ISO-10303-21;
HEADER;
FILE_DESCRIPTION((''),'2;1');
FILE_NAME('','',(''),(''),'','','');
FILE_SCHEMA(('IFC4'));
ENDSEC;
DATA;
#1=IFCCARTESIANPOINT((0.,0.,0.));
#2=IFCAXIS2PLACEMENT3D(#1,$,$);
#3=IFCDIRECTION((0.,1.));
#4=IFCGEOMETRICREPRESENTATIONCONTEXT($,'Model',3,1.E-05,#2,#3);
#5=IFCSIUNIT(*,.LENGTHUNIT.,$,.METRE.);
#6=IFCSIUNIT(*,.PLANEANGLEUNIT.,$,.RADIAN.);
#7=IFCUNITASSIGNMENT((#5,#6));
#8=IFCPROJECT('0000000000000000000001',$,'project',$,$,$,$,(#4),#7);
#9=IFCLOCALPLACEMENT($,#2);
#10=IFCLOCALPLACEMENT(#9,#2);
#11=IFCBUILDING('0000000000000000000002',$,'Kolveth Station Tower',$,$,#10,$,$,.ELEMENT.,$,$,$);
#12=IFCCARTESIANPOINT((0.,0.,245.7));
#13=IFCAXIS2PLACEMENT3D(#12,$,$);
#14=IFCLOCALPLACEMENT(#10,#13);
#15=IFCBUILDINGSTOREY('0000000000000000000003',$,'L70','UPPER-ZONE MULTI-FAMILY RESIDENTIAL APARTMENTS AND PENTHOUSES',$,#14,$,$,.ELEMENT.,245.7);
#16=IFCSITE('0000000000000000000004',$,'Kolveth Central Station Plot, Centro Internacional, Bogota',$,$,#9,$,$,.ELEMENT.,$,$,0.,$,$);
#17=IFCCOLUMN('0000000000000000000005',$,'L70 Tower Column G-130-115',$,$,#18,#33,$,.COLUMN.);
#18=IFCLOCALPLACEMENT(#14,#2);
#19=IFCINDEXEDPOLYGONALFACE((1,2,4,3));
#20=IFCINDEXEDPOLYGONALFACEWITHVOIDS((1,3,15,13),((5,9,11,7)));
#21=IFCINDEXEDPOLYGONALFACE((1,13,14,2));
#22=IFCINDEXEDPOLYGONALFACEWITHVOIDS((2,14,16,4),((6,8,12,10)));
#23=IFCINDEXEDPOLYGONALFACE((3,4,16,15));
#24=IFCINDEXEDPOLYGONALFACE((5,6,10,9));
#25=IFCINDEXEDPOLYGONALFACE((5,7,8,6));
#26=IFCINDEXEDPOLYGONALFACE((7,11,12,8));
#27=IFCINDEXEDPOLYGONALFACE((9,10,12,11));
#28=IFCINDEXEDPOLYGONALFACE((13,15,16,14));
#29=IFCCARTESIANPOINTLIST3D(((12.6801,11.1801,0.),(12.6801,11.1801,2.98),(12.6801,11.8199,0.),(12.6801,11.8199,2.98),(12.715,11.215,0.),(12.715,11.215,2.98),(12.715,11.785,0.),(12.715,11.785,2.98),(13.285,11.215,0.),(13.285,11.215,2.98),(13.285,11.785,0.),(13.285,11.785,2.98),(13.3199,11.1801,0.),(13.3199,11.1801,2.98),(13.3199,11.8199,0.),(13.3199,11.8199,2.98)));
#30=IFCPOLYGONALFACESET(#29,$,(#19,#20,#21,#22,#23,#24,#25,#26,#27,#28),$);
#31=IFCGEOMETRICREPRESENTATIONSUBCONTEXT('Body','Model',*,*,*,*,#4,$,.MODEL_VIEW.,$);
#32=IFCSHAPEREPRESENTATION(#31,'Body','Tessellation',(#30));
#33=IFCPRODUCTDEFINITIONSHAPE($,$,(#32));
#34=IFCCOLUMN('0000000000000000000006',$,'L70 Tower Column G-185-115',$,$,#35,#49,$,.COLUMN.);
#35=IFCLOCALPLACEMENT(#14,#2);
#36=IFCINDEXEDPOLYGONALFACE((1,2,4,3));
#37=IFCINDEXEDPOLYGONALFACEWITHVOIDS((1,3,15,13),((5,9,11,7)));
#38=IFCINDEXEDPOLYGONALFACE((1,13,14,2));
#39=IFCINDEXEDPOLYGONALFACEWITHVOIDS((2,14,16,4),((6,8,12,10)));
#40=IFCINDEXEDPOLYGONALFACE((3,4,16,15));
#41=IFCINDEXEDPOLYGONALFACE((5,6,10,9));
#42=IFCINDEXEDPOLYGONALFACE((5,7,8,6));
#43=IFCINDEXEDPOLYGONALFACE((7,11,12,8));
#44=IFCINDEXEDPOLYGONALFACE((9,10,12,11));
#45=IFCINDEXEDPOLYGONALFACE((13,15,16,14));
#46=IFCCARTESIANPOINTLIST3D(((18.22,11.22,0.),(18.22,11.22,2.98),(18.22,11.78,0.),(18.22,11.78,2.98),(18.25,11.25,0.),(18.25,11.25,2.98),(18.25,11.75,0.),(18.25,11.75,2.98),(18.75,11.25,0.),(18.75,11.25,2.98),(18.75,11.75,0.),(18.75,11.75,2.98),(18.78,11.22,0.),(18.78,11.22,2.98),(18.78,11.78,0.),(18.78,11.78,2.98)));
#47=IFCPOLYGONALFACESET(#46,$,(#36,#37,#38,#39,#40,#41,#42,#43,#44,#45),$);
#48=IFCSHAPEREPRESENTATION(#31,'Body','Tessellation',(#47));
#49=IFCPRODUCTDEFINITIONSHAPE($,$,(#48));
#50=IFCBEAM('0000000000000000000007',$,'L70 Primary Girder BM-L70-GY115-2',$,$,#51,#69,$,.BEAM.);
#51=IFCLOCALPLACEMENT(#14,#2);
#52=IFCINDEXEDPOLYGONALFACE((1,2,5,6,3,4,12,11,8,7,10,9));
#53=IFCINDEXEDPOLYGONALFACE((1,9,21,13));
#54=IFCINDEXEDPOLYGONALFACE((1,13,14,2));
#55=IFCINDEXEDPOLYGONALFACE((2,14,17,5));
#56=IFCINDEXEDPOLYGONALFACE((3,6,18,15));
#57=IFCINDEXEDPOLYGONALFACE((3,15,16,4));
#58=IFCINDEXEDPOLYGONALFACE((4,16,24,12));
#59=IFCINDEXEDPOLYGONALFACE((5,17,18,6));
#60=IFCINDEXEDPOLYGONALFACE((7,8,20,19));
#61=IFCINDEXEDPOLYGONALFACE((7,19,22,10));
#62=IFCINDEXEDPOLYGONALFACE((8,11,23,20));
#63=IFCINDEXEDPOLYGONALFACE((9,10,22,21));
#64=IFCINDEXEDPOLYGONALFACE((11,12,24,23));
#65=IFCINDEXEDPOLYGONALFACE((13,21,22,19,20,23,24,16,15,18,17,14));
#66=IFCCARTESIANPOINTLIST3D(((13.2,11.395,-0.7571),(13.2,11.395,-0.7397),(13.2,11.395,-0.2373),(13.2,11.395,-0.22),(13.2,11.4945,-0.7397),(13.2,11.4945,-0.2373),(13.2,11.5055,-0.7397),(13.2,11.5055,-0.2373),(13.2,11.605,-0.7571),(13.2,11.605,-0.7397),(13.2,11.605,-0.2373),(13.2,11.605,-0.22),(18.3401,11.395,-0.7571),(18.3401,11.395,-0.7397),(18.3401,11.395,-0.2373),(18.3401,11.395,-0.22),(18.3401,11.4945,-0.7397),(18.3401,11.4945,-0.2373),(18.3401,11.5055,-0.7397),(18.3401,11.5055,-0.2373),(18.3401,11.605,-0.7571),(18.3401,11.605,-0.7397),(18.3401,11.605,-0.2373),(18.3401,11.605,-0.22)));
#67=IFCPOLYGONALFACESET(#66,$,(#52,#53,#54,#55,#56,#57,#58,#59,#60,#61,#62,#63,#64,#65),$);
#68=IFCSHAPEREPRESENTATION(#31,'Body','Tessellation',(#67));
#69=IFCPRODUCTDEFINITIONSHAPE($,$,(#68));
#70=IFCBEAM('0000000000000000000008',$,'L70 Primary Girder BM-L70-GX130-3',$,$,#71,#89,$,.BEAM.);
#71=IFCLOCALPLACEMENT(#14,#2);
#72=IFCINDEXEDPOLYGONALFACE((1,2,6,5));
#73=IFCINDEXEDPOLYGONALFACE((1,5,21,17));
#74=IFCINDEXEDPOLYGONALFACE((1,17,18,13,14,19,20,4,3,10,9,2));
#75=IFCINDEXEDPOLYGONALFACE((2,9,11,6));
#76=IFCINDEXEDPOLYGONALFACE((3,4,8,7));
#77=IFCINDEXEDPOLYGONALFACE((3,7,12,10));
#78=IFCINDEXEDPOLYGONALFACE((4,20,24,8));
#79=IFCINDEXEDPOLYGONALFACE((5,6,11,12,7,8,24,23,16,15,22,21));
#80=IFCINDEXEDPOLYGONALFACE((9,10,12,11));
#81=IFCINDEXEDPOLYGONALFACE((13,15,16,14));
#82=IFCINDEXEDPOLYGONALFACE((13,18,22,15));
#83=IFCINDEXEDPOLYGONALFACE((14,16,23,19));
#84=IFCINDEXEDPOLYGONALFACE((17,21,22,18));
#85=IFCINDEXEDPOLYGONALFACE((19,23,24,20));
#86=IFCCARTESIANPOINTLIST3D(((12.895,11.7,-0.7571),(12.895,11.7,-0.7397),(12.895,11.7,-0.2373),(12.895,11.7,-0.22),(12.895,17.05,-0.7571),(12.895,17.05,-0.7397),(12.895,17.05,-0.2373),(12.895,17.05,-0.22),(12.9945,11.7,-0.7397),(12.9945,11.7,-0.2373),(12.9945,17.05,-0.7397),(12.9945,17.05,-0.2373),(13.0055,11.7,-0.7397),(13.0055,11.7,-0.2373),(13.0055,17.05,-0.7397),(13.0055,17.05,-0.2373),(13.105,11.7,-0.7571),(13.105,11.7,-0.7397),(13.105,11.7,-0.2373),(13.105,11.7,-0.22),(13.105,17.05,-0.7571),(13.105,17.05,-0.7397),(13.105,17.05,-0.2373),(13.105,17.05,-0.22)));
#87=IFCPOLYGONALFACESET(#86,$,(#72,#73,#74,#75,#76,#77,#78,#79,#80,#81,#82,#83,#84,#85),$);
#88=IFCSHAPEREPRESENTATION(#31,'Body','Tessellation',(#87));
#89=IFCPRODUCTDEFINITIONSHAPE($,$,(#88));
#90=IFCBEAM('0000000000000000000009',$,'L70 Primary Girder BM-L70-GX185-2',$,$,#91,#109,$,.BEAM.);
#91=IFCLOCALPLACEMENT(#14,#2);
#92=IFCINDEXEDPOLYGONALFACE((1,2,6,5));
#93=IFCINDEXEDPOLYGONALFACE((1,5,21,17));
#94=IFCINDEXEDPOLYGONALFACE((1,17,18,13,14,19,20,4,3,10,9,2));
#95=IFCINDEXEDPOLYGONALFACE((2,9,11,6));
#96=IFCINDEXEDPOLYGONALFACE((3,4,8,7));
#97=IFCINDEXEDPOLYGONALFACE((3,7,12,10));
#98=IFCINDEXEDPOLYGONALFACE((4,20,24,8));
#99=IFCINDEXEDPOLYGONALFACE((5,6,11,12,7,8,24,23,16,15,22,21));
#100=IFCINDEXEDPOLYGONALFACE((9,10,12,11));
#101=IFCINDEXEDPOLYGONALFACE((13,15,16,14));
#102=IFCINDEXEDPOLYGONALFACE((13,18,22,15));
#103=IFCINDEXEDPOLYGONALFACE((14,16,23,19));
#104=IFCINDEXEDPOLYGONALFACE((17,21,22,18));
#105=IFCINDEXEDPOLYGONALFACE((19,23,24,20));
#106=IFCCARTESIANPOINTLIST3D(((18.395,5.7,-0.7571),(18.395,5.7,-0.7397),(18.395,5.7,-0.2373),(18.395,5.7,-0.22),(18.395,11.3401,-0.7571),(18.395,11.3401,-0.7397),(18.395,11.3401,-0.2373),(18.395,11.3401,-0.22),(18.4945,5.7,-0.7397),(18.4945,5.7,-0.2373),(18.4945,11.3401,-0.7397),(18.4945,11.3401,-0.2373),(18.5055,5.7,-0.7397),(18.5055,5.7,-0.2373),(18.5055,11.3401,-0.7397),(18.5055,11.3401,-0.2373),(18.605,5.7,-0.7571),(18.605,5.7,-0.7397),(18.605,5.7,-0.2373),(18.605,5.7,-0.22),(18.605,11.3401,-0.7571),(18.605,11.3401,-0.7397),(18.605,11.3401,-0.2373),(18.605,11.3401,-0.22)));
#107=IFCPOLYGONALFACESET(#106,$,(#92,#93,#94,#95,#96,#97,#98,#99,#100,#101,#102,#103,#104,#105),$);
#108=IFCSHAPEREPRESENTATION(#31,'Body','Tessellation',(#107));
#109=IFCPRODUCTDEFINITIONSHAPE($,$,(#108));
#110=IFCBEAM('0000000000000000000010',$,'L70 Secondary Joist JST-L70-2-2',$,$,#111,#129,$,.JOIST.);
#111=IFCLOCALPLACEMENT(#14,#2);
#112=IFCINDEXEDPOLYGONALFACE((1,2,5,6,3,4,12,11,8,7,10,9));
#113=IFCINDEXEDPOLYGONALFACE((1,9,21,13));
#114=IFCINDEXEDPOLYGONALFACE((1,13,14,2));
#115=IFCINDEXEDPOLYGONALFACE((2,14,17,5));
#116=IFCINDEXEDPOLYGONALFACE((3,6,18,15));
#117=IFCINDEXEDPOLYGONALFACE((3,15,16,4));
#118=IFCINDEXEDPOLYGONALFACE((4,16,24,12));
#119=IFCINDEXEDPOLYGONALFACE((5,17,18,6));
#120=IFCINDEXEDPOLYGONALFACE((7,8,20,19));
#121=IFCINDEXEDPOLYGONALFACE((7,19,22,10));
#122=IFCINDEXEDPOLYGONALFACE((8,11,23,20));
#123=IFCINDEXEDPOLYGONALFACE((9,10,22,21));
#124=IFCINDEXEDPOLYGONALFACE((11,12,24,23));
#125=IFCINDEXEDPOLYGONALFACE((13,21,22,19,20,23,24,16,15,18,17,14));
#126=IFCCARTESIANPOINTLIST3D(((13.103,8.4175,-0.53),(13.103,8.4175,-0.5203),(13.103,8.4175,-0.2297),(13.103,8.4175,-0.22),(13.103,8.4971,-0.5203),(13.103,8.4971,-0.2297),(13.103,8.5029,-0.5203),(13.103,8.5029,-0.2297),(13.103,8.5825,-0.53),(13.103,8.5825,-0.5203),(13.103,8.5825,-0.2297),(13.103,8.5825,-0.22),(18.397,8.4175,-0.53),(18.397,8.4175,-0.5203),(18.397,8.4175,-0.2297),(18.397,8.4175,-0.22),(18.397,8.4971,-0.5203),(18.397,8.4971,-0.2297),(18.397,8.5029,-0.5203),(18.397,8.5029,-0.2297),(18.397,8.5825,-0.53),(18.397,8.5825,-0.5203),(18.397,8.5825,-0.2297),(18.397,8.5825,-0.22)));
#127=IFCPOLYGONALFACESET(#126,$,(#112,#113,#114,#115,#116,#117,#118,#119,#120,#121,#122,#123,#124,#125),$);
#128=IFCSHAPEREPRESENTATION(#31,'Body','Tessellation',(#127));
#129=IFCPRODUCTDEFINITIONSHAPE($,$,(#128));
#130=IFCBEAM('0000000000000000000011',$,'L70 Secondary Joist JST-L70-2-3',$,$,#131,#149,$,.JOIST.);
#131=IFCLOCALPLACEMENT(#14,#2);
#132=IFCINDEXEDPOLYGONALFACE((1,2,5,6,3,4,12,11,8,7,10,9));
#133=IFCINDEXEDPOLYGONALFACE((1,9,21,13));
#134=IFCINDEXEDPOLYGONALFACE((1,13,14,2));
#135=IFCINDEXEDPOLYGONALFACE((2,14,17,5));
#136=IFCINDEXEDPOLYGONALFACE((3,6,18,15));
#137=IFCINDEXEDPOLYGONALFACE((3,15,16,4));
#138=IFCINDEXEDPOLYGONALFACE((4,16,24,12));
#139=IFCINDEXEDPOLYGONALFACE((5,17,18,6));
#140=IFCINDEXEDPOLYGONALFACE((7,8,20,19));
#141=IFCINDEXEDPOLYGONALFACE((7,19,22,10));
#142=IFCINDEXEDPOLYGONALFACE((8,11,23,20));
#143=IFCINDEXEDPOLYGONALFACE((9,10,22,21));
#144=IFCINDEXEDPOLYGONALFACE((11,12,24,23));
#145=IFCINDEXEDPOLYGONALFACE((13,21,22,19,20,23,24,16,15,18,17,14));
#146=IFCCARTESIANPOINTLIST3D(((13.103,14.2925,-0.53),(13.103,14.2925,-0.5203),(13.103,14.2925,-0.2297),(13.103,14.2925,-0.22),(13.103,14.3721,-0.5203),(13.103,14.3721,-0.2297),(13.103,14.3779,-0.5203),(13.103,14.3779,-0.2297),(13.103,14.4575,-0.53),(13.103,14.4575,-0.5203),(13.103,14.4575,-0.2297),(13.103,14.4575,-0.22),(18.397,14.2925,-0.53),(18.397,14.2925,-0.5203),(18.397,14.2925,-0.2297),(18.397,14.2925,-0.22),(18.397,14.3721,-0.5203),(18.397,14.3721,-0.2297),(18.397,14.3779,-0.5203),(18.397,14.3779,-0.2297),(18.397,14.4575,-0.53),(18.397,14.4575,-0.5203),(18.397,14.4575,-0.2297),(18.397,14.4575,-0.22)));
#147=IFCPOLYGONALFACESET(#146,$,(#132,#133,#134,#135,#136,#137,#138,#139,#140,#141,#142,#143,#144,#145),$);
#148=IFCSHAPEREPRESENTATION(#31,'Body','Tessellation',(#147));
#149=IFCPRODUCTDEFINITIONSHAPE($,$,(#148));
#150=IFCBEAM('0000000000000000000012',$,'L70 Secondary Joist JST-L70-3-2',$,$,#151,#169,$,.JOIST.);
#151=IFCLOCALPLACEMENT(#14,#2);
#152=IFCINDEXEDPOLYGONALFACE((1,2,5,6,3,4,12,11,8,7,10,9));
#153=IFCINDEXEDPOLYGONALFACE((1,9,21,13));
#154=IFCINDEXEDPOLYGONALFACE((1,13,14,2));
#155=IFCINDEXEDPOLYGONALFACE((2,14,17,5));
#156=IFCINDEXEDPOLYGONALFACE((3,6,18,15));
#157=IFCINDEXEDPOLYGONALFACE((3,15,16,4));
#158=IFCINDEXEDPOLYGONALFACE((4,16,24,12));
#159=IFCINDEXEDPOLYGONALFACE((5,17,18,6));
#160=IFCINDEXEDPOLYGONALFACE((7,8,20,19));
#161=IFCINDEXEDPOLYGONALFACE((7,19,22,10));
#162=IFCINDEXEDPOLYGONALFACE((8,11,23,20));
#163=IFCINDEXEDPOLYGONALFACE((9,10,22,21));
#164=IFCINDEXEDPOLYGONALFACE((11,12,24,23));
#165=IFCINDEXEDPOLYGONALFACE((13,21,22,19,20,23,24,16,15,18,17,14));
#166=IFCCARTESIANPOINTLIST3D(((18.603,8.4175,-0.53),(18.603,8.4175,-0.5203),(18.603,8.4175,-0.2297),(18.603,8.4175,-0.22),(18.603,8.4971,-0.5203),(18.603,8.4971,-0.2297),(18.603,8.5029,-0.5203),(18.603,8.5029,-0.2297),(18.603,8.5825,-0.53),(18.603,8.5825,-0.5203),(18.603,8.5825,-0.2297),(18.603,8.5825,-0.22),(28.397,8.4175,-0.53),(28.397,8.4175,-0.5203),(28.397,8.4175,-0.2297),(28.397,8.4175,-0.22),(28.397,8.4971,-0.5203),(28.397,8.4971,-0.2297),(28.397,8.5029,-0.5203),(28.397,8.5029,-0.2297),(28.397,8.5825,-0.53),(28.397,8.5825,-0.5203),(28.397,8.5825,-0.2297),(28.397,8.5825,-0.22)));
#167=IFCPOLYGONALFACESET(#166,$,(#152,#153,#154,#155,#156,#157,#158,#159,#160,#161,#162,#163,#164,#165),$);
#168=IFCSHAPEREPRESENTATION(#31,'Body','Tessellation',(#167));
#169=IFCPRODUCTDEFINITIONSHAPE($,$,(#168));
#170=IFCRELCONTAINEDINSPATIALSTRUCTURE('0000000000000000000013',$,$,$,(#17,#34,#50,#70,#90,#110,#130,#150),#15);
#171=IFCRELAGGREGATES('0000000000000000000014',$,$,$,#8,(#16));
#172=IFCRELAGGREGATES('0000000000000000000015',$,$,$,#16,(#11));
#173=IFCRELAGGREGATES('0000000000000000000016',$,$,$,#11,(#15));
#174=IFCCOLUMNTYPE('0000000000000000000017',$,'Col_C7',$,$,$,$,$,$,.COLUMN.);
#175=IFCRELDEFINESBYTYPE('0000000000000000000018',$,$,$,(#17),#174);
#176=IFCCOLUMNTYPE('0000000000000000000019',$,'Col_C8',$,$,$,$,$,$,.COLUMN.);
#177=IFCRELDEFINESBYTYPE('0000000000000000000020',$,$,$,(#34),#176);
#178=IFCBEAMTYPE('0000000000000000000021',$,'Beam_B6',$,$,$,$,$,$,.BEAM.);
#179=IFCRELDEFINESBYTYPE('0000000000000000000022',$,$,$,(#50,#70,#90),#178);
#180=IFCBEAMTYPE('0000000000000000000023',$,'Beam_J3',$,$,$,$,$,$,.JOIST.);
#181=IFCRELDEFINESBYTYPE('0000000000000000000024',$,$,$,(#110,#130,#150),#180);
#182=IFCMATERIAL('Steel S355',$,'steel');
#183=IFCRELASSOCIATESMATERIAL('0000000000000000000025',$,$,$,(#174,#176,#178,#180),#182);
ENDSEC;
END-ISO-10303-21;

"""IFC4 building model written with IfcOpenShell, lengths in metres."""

from ifc_helpers import new_model, si_unit, direction, frame, origin, origin_2d, place, context, subcontext, project, spatial, hollow_rectangle, i_section, extrude, source, transform, mapped, material, material_profile, profile_set, type_object, element, save


model = new_model("IFC4")

# Units and contexts
model_context = context("Model", 3, precision=1e-05, world=origin(), true_north=direction((0.0, 1.0)))
body_context = subcontext(model_context, "Body", "Model", "MODEL_VIEW")
ifc_project = project(units=[si_unit("LENGTHUNIT", "METRE"), si_unit("PLANEANGLEUNIT", "RADIAN")], contexts=[model_context])

# Site, building, storey
site_placement = place(None, origin())
site = spatial("IfcSite", under=ifc_project, at=site_placement, Name="Kolveth Central Station Plot, Centro Internacional, Bogota", CompositionType="ELEMENT", RefElevation=0.0)
building_placement = place(site_placement, origin())
building = spatial("IfcBuilding", under=site, at=building_placement, Name="Kolveth Station Tower", CompositionType="ELEMENT")
storey_placement = place(building_placement, frame((0.0, 0.0, 245.7)))
storey = spatial("IfcBuildingStorey", under=building, at=storey_placement, Name="L70", Description="UPPER-ZONE MULTI-FAMILY RESIDENTIAL APARTMENTS AND PENTHOUSES", CompositionType="ELEMENT", Elevation=245.7)

# Columns
ifc_material_1 = material(Name="Steel S355", Category="steel")
ifc_material_profile_1 = material_profile(ifc_material_1, hollow_rectangle(XDim=0.6399, YDim=0.6399, WallThickness=0.0349, at=origin_2d()), Name="BOX640x640x35")
ifc_profile_set_1 = profile_set([ifc_material_profile_1], Name="Steel S355")
column_type_1 = type_object("IfcColumnType", Name="Col_C7", PredefinedType="COLUMN", material=ifc_profile_set_1)
shared_shape_1 = source(origin(), body_context, "Body", "SweptSolid", [
    extrude(hollow_rectangle(XDim=0.6399, YDim=0.6399, WallThickness=0.0349, at=origin_2d()), origin(), (0.0, 0.0, 1.0), 2.98),
])
column_1_placement = place(storey_placement, frame((13.0, 11.5, 0.0), z_axis=(0.0, 0.0, 1.0), x_axis=(1.0, 0.0, 0.0)))
element("IfcColumn", 1, at=column_1_placement, inside=storey, type_object=column_type_1, Name="L70 Tower Column G-130-115", PredefinedType="COLUMN", context=body_context, shape_type="MappedRepresentation", body=[
    mapped(shared_shape_1, transform((0.0, 0.0, 0.0), x_axis=(1.0, 0.0, 0.0), y_axis=(0.0, 1.0, 0.0), z_axis=(0.0, 0.0, 1.0), scale=1.0)),
])
ifc_material_profile_2 = material_profile(ifc_material_1, hollow_rectangle(XDim=0.5601, YDim=0.5601, WallThickness=0.03, at=origin_2d()), Name="BOX560x560x30")
ifc_profile_set_2 = profile_set([ifc_material_profile_2], Name="Steel S355")
column_type_2 = type_object("IfcColumnType", Name="Col_C8", PredefinedType="COLUMN", material=ifc_profile_set_2)
shared_shape_2 = source(origin(), body_context, "Body", "SweptSolid", [
    extrude(hollow_rectangle(XDim=0.5601, YDim=0.5601, WallThickness=0.03, at=origin_2d()), origin(), (0.0, 0.0, 1.0), 2.98),
])
column_2_placement = place(storey_placement, frame((18.5, 11.5, 0.0), z_axis=(0.0, 0.0, 1.0), x_axis=(1.0, 0.0, 0.0)))
element("IfcColumn", 2, at=column_2_placement, inside=storey, type_object=column_type_2, Name="L70 Tower Column G-185-115", PredefinedType="COLUMN", context=body_context, shape_type="MappedRepresentation", body=[
    mapped(shared_shape_2, transform((0.0, 0.0, 0.0), x_axis=(1.0, 0.0, 0.0), y_axis=(0.0, 1.0, 0.0), z_axis=(0.0, 0.0, 1.0), scale=1.0)),
])

# Beams
ifc_material_profile_3 = material_profile(ifc_material_1, i_section(OverallWidth=0.21, OverallDepth=0.5371, WebThickness=0.011, FlangeThickness=0.0173, at=origin_2d()), Name="W530x101")
ifc_profile_set_3 = profile_set([ifc_material_profile_3], Name="Steel S355")
beam_type_1 = type_object("IfcBeamType", Name="Beam_B6", PredefinedType="BEAM", material=ifc_profile_set_3)
shared_shape_3 = source(origin(), body_context, "Body", "SweptSolid", [
    extrude(i_section(OverallWidth=0.21, OverallDepth=0.5371, WebThickness=0.011, FlangeThickness=0.0173, at=origin_2d()), origin(), (0.0, 0.0, 1.0), 5.1401),
])
beam_1_placement = place(storey_placement, frame((13.2, 11.5, -0.4885), z_axis=(1.0, 0.0, 0.0), x_axis=(0.0, 1.0, 0.0)))
element("IfcBeam", 3, at=beam_1_placement, inside=storey, type_object=beam_type_1, Name="L70 Primary Girder BM-L70-GY115-2", PredefinedType="BEAM", context=body_context, shape_type="MappedRepresentation", body=[
    mapped(shared_shape_3, transform((0.0, 0.0, 0.0), x_axis=(1.0, 0.0, 0.0), y_axis=(0.0, 1.0, 0.0), z_axis=(0.0, 0.0, 1.0), scale=1.0)),
])
shared_shape_4 = source(origin(), body_context, "Body", "SweptSolid", [
    extrude(i_section(OverallWidth=0.21, OverallDepth=0.5371, WebThickness=0.011, FlangeThickness=0.0173, at=origin_2d()), origin(), (0.0, 0.0, 1.0), 5.3501),
])
beam_2_placement = place(storey_placement, frame((13.0, 11.7, -0.4885), z_axis=(0.0, 1.0, 0.0), x_axis=(-1.0, 0.0, 0.0)))
element("IfcBeam", 4, at=beam_2_placement, inside=storey, type_object=beam_type_1, Name="L70 Primary Girder BM-L70-GX130-3", PredefinedType="BEAM", context=body_context, shape_type="MappedRepresentation", body=[
    mapped(shared_shape_4, transform((0.0, 0.0, 0.0), x_axis=(1.0, 0.0, 0.0), y_axis=(0.0, 1.0, 0.0), z_axis=(0.0, 0.0, 1.0), scale=1.0)),
])
shared_shape_5 = source(origin(), body_context, "Body", "SweptSolid", [
    extrude(i_section(OverallWidth=0.21, OverallDepth=0.5371, WebThickness=0.011, FlangeThickness=0.0173, at=origin_2d()), origin(), (0.0, 0.0, 1.0), 5.6401),
])
beam_3_placement = place(storey_placement, frame((18.5, 5.7, -0.4885), z_axis=(0.0, 1.0, 0.0), x_axis=(-1.0, 0.0, 0.0)))
element("IfcBeam", 5, at=beam_3_placement, inside=storey, type_object=beam_type_1, Name="L70 Primary Girder BM-L70-GX185-2", PredefinedType="BEAM", context=body_context, shape_type="MappedRepresentation", body=[
    mapped(shared_shape_5, transform((0.0, 0.0, 0.0), x_axis=(1.0, 0.0, 0.0), y_axis=(0.0, 1.0, 0.0), z_axis=(0.0, 0.0, 1.0), scale=1.0)),
])
ifc_material_profile_4 = material_profile(ifc_material_1, i_section(OverallWidth=0.165, OverallDepth=0.3101, WebThickness=0.0059, FlangeThickness=0.0098, at=origin_2d()), Name="W310x39")
ifc_profile_set_4 = profile_set([ifc_material_profile_4], Name="Steel S355")
beam_type_2 = type_object("IfcBeamType", Name="Beam_J3", PredefinedType="JOIST", material=ifc_profile_set_4)
shared_shape_6 = source(origin(), body_context, "Body", "SweptSolid", [
    extrude(i_section(OverallWidth=0.165, OverallDepth=0.3101, WebThickness=0.0059, FlangeThickness=0.0098, at=origin_2d()), origin(), (0.0, 0.0, 1.0), 5.2939),
])
for number, where, z_axis, x_axis, name in (
    (6, (13.103, 8.5, -0.375), (1.0, 0.0, 0.0), (0.0, 1.0, 0.0), "L70 Secondary Joist JST-L70-2-2"),
    (7, (13.103, 14.375, -0.375), (1.0, 0.0, 0.0), (0.0, 1.0, 0.0), "L70 Secondary Joist JST-L70-2-3"),
):
    element("IfcBeam", number, at=place(storey_placement, frame(where, z_axis=z_axis, x_axis=x_axis)), inside=storey, type_object=beam_type_2, Name=name, PredefinedType="JOIST", context=body_context, shape_type="MappedRepresentation", body=[
        mapped(shared_shape_6, transform((0.0, 0.0, 0.0), x_axis=(1.0, 0.0, 0.0), y_axis=(0.0, 1.0, 0.0), z_axis=(0.0, 0.0, 1.0), scale=1.0)),
    ])
shared_shape_7 = source(origin(), body_context, "Body", "SweptSolid", [
    extrude(i_section(OverallWidth=0.165, OverallDepth=0.3101, WebThickness=0.0059, FlangeThickness=0.0098, at=origin_2d()), origin(), (0.0, 0.0, 1.0), 9.7939),
])
beam_4_placement = place(storey_placement, frame((18.603, 8.5, -0.375), z_axis=(1.0, 0.0, 0.0), x_axis=(0.0, 1.0, 0.0)))
element("IfcBeam", 8, at=beam_4_placement, inside=storey, type_object=beam_type_2, Name="L70 Secondary Joist JST-L70-3-2", PredefinedType="JOIST", context=body_context, shape_type="MappedRepresentation", body=[
    mapped(shared_shape_7, transform((0.0, 0.0, 0.0), x_axis=(1.0, 0.0, 0.0), y_axis=(0.0, 1.0, 0.0), z_axis=(0.0, 0.0, 1.0), scale=1.0)),
])

save(model, "model.ifc")
